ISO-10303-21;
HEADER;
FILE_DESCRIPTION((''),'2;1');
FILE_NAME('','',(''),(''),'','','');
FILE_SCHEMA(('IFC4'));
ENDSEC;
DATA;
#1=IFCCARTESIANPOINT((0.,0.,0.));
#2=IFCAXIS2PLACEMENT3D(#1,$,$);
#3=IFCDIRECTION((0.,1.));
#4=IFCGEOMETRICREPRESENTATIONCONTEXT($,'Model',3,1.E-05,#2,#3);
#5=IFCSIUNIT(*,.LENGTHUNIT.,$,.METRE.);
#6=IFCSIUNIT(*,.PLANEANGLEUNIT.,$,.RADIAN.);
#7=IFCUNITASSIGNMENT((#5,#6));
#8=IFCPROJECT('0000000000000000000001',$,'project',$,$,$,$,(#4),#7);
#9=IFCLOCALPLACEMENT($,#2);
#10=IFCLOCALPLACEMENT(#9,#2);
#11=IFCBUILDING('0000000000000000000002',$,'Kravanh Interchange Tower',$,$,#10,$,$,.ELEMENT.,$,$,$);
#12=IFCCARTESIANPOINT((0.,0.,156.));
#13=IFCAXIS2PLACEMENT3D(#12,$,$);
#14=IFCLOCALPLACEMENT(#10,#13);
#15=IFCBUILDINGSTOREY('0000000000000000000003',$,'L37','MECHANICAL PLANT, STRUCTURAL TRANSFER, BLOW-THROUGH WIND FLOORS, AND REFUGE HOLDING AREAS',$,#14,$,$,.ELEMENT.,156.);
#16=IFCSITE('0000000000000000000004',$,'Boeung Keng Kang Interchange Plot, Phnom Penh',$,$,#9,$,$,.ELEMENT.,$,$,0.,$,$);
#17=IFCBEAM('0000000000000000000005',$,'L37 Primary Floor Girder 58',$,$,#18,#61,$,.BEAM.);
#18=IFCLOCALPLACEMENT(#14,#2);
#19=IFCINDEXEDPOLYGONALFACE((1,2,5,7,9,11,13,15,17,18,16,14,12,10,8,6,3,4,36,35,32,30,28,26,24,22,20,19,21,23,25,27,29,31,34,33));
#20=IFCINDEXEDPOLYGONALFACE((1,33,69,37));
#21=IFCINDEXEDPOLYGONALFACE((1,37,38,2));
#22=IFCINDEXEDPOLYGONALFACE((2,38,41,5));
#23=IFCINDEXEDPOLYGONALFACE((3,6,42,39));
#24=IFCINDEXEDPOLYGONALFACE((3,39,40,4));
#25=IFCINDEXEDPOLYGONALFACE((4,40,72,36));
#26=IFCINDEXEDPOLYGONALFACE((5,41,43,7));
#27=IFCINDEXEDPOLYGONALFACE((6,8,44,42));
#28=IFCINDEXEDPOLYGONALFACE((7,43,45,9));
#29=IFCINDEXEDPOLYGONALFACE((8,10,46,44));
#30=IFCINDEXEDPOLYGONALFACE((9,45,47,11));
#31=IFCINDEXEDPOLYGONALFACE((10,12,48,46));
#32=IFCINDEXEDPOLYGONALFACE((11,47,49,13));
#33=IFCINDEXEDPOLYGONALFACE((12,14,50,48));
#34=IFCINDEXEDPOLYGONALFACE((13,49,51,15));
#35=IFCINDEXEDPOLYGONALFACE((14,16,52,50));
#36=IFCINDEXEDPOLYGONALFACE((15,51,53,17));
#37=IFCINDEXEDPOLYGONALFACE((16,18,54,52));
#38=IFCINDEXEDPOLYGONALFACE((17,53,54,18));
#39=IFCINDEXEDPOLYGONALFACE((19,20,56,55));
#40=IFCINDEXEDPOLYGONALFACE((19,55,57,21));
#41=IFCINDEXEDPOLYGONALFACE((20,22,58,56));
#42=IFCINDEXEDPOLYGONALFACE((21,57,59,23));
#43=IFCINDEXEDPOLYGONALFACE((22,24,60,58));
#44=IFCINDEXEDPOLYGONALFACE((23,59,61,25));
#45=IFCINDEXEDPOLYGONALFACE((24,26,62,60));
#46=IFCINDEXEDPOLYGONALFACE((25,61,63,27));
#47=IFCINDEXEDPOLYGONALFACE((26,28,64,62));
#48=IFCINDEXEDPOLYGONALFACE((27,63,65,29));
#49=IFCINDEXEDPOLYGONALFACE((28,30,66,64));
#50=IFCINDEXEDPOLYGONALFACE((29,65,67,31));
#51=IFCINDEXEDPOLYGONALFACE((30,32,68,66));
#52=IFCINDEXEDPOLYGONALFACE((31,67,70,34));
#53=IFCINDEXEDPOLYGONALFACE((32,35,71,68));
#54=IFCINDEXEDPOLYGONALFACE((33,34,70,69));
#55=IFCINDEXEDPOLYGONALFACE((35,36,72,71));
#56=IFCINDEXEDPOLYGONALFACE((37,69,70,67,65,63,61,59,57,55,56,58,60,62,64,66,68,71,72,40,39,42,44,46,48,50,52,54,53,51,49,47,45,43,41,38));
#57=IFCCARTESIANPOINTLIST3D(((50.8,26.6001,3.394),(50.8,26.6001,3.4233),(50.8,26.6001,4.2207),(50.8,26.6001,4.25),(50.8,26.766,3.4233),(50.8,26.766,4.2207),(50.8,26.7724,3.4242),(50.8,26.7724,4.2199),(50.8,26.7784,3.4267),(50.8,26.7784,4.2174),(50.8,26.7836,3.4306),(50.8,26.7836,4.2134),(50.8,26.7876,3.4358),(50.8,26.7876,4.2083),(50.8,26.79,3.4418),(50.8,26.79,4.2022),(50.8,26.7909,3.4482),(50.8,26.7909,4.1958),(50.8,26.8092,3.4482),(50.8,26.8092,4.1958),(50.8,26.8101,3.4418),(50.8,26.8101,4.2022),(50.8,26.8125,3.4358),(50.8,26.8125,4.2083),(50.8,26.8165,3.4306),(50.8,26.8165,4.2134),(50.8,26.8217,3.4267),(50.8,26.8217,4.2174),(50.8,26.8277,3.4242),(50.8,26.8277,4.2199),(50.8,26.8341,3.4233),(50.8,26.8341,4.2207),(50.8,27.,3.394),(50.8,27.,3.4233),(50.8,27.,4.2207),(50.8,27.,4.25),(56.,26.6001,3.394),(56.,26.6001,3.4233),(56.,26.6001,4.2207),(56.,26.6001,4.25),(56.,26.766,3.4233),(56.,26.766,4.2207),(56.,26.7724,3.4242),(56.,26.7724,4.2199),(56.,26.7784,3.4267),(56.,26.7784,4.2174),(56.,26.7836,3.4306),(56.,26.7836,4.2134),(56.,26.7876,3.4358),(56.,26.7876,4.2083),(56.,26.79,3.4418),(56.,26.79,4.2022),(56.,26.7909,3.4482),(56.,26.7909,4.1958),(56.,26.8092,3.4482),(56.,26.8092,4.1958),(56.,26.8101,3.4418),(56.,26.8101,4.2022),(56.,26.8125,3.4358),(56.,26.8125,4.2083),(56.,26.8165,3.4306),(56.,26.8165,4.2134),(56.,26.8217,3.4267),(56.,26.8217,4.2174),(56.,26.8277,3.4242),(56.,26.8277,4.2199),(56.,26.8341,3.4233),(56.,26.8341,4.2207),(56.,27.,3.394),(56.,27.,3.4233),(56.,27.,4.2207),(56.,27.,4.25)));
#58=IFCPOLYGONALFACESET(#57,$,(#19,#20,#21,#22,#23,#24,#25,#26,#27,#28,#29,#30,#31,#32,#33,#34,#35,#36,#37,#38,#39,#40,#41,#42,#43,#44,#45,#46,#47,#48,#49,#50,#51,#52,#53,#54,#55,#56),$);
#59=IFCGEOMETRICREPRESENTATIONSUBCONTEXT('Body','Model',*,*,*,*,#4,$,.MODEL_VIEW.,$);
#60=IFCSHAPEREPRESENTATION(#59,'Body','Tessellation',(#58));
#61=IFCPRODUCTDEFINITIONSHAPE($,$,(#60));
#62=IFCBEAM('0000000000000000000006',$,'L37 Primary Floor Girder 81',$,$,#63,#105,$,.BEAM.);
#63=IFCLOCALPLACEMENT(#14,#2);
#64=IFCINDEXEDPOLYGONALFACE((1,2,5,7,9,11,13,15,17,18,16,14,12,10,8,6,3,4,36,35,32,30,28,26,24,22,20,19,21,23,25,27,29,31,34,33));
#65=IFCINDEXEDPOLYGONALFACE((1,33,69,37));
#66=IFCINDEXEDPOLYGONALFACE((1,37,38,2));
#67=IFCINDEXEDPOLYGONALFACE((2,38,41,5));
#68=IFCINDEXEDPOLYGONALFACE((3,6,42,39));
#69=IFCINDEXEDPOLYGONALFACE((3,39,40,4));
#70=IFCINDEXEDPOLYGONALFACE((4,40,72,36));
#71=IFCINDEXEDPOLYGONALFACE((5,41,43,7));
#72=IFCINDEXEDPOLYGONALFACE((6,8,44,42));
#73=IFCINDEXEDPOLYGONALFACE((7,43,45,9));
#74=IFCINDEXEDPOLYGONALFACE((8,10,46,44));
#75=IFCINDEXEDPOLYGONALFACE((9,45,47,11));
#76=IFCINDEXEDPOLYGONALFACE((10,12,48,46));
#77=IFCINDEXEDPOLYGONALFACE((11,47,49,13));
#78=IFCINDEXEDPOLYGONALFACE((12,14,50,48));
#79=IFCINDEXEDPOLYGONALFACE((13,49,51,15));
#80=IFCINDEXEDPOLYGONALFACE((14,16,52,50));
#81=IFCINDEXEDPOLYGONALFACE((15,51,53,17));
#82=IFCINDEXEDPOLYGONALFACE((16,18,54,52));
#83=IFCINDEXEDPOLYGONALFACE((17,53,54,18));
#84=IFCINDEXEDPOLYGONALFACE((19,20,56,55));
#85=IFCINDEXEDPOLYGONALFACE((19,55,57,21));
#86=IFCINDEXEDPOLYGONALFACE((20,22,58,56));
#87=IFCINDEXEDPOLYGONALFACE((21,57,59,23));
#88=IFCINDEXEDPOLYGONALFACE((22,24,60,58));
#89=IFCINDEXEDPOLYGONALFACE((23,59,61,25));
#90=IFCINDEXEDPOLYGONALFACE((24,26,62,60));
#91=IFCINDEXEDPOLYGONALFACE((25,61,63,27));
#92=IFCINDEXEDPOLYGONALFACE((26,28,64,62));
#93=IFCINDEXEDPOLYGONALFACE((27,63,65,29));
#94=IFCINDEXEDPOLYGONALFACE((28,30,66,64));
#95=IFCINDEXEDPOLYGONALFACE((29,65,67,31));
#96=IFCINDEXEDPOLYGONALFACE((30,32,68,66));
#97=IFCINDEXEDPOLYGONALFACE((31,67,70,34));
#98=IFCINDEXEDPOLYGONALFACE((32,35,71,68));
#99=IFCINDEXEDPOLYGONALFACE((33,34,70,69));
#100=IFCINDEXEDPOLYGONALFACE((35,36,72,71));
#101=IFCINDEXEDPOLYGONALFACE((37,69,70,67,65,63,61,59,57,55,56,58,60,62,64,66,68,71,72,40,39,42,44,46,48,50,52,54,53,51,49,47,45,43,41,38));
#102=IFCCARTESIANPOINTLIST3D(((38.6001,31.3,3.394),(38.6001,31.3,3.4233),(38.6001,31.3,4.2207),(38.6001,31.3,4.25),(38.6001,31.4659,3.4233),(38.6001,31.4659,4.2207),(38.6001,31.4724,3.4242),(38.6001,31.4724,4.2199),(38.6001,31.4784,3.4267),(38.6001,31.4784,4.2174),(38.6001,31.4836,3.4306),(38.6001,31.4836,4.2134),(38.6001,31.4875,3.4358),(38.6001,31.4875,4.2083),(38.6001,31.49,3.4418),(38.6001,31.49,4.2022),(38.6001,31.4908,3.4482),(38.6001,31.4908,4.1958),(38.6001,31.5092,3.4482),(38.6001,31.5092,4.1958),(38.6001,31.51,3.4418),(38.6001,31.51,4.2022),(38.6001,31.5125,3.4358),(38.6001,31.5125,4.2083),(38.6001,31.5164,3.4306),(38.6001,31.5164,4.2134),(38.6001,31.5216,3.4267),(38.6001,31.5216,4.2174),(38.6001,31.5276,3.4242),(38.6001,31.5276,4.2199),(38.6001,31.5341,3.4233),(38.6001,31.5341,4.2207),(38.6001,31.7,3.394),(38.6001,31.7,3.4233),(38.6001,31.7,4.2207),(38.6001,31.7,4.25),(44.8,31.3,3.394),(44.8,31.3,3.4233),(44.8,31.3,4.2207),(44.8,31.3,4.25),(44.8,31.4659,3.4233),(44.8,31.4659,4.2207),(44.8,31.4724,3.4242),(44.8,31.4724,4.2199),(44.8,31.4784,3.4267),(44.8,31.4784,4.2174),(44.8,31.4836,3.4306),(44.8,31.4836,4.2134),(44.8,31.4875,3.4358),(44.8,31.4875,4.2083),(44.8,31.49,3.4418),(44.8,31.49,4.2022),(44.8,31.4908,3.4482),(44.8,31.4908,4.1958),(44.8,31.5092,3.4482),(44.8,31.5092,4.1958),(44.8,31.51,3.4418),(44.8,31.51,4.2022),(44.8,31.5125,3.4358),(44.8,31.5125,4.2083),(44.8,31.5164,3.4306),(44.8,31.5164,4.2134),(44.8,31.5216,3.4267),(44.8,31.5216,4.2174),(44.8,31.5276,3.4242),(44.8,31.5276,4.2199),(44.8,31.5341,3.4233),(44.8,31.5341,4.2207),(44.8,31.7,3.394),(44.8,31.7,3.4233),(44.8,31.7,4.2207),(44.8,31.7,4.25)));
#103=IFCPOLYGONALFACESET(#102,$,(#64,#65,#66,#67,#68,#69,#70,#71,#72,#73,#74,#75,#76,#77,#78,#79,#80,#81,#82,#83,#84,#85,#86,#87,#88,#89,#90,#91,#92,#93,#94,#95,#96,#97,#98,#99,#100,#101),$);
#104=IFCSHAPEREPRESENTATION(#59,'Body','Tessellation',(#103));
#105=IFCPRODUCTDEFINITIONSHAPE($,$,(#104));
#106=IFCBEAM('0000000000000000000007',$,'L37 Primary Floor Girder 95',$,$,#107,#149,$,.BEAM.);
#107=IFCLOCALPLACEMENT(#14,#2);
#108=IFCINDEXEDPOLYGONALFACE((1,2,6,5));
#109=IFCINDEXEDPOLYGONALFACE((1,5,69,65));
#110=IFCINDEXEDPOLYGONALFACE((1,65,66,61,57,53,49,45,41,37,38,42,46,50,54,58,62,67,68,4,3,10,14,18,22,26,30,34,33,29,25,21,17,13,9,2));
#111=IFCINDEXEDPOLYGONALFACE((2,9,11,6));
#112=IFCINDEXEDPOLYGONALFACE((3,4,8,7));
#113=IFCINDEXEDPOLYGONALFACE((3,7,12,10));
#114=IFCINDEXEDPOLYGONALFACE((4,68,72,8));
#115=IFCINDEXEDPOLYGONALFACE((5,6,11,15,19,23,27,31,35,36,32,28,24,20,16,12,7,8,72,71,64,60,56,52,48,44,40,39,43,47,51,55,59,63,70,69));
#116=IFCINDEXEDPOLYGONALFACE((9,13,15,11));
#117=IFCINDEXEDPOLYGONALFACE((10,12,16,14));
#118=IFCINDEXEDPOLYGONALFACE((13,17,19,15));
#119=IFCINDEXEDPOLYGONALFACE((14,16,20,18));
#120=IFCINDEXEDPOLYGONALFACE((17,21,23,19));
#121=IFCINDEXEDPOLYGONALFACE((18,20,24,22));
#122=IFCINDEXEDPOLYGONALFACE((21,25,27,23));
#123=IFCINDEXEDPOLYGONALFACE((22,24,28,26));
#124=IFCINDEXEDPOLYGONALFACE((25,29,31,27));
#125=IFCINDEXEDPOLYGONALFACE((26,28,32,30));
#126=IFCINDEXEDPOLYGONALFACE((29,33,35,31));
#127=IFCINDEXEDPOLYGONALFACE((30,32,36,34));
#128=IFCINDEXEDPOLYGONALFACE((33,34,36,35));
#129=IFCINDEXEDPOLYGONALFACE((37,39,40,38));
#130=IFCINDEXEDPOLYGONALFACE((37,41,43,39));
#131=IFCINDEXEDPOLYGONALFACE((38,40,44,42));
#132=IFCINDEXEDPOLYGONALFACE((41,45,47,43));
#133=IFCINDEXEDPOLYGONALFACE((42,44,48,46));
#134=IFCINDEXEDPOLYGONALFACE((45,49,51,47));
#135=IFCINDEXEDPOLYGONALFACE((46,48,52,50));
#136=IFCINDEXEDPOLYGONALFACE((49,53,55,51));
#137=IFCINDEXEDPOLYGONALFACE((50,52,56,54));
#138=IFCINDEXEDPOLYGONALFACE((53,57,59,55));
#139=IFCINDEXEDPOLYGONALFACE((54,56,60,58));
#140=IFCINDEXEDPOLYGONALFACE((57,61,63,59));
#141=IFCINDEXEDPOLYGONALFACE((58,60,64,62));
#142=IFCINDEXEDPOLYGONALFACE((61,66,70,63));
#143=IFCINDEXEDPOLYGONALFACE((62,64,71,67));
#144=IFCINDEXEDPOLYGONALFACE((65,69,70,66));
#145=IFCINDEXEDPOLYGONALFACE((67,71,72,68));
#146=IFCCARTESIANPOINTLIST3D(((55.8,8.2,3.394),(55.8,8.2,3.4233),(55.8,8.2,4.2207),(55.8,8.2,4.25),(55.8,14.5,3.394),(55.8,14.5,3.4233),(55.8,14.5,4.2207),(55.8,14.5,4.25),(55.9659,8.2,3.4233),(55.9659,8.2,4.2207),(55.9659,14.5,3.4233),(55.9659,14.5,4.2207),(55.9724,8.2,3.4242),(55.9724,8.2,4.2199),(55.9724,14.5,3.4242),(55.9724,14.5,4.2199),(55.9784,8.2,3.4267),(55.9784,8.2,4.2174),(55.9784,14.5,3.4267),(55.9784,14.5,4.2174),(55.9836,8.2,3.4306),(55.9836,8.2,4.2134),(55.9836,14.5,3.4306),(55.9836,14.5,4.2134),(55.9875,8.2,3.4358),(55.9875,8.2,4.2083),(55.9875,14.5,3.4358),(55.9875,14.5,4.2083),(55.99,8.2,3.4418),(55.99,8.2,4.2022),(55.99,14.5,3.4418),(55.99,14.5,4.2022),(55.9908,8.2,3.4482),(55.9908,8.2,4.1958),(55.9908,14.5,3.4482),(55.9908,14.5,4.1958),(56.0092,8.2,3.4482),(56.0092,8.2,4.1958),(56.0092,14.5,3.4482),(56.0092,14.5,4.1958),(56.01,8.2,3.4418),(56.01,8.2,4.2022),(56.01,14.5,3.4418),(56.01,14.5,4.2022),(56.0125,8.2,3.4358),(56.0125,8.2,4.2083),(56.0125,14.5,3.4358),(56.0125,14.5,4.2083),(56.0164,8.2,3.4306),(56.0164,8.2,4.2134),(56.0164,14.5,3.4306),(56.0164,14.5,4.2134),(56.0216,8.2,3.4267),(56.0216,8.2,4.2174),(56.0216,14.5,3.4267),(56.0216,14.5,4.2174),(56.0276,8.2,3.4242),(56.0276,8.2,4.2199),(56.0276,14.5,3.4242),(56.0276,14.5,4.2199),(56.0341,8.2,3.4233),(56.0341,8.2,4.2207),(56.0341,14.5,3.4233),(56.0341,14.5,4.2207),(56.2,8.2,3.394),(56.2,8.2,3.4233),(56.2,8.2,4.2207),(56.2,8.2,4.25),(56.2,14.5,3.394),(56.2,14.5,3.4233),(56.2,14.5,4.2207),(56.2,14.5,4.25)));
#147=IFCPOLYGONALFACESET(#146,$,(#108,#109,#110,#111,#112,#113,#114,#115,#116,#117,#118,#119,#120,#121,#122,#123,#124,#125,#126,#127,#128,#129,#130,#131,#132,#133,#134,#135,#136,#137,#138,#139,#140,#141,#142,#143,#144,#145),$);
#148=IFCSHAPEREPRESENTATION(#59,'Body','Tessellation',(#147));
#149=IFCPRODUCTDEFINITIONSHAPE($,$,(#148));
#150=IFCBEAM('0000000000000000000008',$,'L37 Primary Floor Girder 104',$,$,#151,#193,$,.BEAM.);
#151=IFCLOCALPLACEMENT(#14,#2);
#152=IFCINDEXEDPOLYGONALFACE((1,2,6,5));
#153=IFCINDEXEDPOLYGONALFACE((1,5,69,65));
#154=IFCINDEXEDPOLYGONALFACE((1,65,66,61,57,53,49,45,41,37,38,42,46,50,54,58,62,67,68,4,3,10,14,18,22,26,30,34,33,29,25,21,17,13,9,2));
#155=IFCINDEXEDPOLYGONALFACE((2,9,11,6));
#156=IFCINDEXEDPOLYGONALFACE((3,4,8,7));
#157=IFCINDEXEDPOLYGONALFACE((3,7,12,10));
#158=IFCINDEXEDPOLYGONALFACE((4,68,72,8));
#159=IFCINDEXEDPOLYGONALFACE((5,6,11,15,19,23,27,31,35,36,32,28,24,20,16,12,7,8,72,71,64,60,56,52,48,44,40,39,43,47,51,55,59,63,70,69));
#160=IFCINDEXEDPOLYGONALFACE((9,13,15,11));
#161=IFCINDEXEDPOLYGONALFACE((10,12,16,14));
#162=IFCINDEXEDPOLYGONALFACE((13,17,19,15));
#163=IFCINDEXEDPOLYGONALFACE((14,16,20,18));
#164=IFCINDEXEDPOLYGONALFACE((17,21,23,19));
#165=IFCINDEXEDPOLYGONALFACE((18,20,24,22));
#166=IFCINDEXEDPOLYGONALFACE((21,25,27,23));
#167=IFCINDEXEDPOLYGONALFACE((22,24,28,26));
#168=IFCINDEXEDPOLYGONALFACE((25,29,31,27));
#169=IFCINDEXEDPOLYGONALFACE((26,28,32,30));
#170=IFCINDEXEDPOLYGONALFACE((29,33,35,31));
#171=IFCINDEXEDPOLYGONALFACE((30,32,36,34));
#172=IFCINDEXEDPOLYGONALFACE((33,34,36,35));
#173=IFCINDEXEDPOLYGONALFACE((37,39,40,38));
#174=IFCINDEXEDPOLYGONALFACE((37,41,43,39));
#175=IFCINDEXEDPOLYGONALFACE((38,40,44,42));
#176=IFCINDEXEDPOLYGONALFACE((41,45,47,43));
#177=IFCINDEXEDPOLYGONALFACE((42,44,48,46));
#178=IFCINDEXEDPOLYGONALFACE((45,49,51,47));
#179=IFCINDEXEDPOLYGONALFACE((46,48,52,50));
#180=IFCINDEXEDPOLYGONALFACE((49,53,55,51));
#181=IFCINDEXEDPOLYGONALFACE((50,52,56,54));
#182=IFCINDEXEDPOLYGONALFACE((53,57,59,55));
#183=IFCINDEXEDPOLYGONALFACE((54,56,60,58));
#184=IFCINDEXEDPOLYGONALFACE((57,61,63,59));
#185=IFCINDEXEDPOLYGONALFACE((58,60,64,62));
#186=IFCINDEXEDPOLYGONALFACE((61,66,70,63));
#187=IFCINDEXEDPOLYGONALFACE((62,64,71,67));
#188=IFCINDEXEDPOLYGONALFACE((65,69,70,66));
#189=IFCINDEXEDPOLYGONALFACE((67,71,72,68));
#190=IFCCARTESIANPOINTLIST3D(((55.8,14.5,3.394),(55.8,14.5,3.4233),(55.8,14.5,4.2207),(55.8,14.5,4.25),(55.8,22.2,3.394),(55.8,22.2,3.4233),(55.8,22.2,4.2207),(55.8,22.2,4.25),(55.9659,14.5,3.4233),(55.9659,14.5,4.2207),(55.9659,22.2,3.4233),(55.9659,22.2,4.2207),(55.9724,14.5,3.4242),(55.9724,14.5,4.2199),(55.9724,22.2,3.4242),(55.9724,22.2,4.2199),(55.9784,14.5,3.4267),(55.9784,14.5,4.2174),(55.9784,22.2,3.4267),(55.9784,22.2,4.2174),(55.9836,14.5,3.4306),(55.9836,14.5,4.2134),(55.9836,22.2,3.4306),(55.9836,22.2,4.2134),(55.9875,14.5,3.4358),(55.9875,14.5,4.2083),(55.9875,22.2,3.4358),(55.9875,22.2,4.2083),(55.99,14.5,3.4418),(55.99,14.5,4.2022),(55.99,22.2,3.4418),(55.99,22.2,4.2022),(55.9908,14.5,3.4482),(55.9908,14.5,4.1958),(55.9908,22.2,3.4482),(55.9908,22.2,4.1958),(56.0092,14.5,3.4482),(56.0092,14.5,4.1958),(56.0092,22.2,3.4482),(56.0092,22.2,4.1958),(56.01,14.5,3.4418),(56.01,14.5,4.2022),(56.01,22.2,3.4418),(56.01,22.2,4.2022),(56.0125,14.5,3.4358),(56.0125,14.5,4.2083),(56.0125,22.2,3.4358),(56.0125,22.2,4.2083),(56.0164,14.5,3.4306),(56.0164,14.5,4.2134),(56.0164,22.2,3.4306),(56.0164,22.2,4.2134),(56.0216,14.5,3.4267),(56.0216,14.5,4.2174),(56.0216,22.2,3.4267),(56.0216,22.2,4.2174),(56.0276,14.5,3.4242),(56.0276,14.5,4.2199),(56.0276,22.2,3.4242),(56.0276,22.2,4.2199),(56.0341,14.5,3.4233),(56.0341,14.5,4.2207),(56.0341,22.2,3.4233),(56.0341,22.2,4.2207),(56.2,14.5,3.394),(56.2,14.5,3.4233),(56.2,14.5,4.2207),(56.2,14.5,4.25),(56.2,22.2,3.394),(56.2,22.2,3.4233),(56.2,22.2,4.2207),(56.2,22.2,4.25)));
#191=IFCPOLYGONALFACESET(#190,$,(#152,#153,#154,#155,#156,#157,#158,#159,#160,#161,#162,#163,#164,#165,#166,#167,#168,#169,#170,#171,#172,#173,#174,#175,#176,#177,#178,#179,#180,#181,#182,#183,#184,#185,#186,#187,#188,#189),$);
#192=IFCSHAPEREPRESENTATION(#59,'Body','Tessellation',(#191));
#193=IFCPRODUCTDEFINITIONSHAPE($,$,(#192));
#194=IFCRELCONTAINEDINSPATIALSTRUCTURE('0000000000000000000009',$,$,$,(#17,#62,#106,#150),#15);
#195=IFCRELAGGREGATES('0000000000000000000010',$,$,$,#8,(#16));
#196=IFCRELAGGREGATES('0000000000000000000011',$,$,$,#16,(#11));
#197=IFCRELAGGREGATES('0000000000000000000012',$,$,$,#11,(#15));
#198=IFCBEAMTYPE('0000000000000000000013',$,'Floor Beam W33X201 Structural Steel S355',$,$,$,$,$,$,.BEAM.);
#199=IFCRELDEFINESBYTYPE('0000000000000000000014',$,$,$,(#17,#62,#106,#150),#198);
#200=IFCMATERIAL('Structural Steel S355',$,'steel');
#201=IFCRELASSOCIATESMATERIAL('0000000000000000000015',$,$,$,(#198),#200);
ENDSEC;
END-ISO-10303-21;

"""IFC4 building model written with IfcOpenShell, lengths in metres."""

from ifc_helpers import new_model, si_unit, direction, frame, origin, origin_2d, place, context, subcontext, project, spatial, i_section, extrude, material, material_profile, profile_set, type_object, element, save


model = new_model("IFC4")

# Units and contexts
model_context = context("Model", 3, precision=1e-05, world=origin(), true_north=direction((0.0, 1.0)))
body_context = subcontext(model_context, "Body", "Model", "MODEL_VIEW")
ifc_project = project(units=[si_unit("LENGTHUNIT", "METRE"), si_unit("PLANEANGLEUNIT", "RADIAN")], contexts=[model_context])

# Site, building, storey
site_placement = place(None, origin())
site = spatial("IfcSite", under=ifc_project, at=site_placement, Name="Boeung Keng Kang Interchange Plot, Phnom Penh", CompositionType="ELEMENT", RefElevation=0.0)
building_placement = place(site_placement, origin())
building = spatial("IfcBuilding", under=site, at=building_placement, Name="Kravanh Interchange Tower", CompositionType="ELEMENT")
storey_placement = place(building_placement, frame((0.0, 0.0, 156.0)))
storey = spatial("IfcBuildingStorey", under=building, at=storey_placement, Name="L37", Description="MECHANICAL PLANT, STRUCTURAL TRANSFER, BLOW-THROUGH WIND FLOORS, AND REFUGE HOLDING AREAS", CompositionType="ELEMENT", Elevation=156.0)

# Beams
ifc_material_1 = material(Name="Structural Steel S355", Category="steel")
ifc_material_profile_1 = material_profile(ifc_material_1, i_section(OverallWidth=0.3999, OverallDepth=0.856, WebThickness=0.0183, FlangeThickness=0.0293, FilletRadius=0.0249, at=origin_2d()), Name="W33X201")
ifc_profile_set_1 = profile_set([ifc_material_profile_1], Name="Structural Steel S355")
beam_type_1 = type_object("IfcBeamType", Name="Floor Beam W33X201 Structural Steel S355", PredefinedType="BEAM", material=ifc_profile_set_1)
beam_1_placement = place(storey_placement, frame((50.8, 26.8, 3.822), z_axis=(1.0, 0.0, 0.0), x_axis=(0.0, 1.0, 0.0)))
element("IfcBeam", 1, at=beam_1_placement, inside=storey, type_object=beam_type_1, Name="L37 Primary Floor Girder 58", PredefinedType="BEAM", context=body_context, shape_type="SweptSolid", body=[
    extrude(i_section(OverallWidth=0.3999, OverallDepth=0.856, WebThickness=0.0183, FlangeThickness=0.0293, FilletRadius=0.0249, at=origin_2d()), origin(), (0.0, 0.0, 1.0), 5.2),
])
beam_2_placement = place(storey_placement, frame((38.6001, 31.5, 3.822), z_axis=(1.0, 0.0, 0.0), x_axis=(0.0, 1.0, 0.0)))
element("IfcBeam", 2, at=beam_2_placement, inside=storey, type_object=beam_type_1, Name="L37 Primary Floor Girder 81", PredefinedType="BEAM", context=body_context, shape_type="SweptSolid", body=[
    extrude(i_section(OverallWidth=0.3999, OverallDepth=0.856, WebThickness=0.0183, FlangeThickness=0.0293, FilletRadius=0.0249, at=origin_2d()), origin(), (0.0, 0.0, 1.0), 6.2),
])
beam_3_placement = place(storey_placement, frame((56.0, 8.2, 3.822), z_axis=(0.0, 1.0, 0.0), x_axis=(-1.0, 0.0, 0.0)))
element("IfcBeam", 3, at=beam_3_placement, inside=storey, type_object=beam_type_1, Name="L37 Primary Floor Girder 95", PredefinedType="BEAM", context=body_context, shape_type="SweptSolid", body=[
    extrude(i_section(OverallWidth=0.3999, OverallDepth=0.856, WebThickness=0.0183, FlangeThickness=0.0293, FilletRadius=0.0249, at=origin_2d()), origin(), (0.0, 0.0, 1.0), 6.3),
])
beam_4_placement = place(storey_placement, frame((56.0, 14.5, 3.822), z_axis=(0.0, 1.0, 0.0), x_axis=(-1.0, 0.0, 0.0)))
element("IfcBeam", 4, at=beam_4_placement, inside=storey, type_object=beam_type_1, Name="L37 Primary Floor Girder 104", PredefinedType="BEAM", context=body_context, shape_type="SweptSolid", body=[
    extrude(i_section(OverallWidth=0.3999, OverallDepth=0.856, WebThickness=0.0183, FlangeThickness=0.0293, FilletRadius=0.0249, at=origin_2d()), origin(), (0.0, 0.0, 1.0), 7.7),
])

save(model, "model.ifc")
